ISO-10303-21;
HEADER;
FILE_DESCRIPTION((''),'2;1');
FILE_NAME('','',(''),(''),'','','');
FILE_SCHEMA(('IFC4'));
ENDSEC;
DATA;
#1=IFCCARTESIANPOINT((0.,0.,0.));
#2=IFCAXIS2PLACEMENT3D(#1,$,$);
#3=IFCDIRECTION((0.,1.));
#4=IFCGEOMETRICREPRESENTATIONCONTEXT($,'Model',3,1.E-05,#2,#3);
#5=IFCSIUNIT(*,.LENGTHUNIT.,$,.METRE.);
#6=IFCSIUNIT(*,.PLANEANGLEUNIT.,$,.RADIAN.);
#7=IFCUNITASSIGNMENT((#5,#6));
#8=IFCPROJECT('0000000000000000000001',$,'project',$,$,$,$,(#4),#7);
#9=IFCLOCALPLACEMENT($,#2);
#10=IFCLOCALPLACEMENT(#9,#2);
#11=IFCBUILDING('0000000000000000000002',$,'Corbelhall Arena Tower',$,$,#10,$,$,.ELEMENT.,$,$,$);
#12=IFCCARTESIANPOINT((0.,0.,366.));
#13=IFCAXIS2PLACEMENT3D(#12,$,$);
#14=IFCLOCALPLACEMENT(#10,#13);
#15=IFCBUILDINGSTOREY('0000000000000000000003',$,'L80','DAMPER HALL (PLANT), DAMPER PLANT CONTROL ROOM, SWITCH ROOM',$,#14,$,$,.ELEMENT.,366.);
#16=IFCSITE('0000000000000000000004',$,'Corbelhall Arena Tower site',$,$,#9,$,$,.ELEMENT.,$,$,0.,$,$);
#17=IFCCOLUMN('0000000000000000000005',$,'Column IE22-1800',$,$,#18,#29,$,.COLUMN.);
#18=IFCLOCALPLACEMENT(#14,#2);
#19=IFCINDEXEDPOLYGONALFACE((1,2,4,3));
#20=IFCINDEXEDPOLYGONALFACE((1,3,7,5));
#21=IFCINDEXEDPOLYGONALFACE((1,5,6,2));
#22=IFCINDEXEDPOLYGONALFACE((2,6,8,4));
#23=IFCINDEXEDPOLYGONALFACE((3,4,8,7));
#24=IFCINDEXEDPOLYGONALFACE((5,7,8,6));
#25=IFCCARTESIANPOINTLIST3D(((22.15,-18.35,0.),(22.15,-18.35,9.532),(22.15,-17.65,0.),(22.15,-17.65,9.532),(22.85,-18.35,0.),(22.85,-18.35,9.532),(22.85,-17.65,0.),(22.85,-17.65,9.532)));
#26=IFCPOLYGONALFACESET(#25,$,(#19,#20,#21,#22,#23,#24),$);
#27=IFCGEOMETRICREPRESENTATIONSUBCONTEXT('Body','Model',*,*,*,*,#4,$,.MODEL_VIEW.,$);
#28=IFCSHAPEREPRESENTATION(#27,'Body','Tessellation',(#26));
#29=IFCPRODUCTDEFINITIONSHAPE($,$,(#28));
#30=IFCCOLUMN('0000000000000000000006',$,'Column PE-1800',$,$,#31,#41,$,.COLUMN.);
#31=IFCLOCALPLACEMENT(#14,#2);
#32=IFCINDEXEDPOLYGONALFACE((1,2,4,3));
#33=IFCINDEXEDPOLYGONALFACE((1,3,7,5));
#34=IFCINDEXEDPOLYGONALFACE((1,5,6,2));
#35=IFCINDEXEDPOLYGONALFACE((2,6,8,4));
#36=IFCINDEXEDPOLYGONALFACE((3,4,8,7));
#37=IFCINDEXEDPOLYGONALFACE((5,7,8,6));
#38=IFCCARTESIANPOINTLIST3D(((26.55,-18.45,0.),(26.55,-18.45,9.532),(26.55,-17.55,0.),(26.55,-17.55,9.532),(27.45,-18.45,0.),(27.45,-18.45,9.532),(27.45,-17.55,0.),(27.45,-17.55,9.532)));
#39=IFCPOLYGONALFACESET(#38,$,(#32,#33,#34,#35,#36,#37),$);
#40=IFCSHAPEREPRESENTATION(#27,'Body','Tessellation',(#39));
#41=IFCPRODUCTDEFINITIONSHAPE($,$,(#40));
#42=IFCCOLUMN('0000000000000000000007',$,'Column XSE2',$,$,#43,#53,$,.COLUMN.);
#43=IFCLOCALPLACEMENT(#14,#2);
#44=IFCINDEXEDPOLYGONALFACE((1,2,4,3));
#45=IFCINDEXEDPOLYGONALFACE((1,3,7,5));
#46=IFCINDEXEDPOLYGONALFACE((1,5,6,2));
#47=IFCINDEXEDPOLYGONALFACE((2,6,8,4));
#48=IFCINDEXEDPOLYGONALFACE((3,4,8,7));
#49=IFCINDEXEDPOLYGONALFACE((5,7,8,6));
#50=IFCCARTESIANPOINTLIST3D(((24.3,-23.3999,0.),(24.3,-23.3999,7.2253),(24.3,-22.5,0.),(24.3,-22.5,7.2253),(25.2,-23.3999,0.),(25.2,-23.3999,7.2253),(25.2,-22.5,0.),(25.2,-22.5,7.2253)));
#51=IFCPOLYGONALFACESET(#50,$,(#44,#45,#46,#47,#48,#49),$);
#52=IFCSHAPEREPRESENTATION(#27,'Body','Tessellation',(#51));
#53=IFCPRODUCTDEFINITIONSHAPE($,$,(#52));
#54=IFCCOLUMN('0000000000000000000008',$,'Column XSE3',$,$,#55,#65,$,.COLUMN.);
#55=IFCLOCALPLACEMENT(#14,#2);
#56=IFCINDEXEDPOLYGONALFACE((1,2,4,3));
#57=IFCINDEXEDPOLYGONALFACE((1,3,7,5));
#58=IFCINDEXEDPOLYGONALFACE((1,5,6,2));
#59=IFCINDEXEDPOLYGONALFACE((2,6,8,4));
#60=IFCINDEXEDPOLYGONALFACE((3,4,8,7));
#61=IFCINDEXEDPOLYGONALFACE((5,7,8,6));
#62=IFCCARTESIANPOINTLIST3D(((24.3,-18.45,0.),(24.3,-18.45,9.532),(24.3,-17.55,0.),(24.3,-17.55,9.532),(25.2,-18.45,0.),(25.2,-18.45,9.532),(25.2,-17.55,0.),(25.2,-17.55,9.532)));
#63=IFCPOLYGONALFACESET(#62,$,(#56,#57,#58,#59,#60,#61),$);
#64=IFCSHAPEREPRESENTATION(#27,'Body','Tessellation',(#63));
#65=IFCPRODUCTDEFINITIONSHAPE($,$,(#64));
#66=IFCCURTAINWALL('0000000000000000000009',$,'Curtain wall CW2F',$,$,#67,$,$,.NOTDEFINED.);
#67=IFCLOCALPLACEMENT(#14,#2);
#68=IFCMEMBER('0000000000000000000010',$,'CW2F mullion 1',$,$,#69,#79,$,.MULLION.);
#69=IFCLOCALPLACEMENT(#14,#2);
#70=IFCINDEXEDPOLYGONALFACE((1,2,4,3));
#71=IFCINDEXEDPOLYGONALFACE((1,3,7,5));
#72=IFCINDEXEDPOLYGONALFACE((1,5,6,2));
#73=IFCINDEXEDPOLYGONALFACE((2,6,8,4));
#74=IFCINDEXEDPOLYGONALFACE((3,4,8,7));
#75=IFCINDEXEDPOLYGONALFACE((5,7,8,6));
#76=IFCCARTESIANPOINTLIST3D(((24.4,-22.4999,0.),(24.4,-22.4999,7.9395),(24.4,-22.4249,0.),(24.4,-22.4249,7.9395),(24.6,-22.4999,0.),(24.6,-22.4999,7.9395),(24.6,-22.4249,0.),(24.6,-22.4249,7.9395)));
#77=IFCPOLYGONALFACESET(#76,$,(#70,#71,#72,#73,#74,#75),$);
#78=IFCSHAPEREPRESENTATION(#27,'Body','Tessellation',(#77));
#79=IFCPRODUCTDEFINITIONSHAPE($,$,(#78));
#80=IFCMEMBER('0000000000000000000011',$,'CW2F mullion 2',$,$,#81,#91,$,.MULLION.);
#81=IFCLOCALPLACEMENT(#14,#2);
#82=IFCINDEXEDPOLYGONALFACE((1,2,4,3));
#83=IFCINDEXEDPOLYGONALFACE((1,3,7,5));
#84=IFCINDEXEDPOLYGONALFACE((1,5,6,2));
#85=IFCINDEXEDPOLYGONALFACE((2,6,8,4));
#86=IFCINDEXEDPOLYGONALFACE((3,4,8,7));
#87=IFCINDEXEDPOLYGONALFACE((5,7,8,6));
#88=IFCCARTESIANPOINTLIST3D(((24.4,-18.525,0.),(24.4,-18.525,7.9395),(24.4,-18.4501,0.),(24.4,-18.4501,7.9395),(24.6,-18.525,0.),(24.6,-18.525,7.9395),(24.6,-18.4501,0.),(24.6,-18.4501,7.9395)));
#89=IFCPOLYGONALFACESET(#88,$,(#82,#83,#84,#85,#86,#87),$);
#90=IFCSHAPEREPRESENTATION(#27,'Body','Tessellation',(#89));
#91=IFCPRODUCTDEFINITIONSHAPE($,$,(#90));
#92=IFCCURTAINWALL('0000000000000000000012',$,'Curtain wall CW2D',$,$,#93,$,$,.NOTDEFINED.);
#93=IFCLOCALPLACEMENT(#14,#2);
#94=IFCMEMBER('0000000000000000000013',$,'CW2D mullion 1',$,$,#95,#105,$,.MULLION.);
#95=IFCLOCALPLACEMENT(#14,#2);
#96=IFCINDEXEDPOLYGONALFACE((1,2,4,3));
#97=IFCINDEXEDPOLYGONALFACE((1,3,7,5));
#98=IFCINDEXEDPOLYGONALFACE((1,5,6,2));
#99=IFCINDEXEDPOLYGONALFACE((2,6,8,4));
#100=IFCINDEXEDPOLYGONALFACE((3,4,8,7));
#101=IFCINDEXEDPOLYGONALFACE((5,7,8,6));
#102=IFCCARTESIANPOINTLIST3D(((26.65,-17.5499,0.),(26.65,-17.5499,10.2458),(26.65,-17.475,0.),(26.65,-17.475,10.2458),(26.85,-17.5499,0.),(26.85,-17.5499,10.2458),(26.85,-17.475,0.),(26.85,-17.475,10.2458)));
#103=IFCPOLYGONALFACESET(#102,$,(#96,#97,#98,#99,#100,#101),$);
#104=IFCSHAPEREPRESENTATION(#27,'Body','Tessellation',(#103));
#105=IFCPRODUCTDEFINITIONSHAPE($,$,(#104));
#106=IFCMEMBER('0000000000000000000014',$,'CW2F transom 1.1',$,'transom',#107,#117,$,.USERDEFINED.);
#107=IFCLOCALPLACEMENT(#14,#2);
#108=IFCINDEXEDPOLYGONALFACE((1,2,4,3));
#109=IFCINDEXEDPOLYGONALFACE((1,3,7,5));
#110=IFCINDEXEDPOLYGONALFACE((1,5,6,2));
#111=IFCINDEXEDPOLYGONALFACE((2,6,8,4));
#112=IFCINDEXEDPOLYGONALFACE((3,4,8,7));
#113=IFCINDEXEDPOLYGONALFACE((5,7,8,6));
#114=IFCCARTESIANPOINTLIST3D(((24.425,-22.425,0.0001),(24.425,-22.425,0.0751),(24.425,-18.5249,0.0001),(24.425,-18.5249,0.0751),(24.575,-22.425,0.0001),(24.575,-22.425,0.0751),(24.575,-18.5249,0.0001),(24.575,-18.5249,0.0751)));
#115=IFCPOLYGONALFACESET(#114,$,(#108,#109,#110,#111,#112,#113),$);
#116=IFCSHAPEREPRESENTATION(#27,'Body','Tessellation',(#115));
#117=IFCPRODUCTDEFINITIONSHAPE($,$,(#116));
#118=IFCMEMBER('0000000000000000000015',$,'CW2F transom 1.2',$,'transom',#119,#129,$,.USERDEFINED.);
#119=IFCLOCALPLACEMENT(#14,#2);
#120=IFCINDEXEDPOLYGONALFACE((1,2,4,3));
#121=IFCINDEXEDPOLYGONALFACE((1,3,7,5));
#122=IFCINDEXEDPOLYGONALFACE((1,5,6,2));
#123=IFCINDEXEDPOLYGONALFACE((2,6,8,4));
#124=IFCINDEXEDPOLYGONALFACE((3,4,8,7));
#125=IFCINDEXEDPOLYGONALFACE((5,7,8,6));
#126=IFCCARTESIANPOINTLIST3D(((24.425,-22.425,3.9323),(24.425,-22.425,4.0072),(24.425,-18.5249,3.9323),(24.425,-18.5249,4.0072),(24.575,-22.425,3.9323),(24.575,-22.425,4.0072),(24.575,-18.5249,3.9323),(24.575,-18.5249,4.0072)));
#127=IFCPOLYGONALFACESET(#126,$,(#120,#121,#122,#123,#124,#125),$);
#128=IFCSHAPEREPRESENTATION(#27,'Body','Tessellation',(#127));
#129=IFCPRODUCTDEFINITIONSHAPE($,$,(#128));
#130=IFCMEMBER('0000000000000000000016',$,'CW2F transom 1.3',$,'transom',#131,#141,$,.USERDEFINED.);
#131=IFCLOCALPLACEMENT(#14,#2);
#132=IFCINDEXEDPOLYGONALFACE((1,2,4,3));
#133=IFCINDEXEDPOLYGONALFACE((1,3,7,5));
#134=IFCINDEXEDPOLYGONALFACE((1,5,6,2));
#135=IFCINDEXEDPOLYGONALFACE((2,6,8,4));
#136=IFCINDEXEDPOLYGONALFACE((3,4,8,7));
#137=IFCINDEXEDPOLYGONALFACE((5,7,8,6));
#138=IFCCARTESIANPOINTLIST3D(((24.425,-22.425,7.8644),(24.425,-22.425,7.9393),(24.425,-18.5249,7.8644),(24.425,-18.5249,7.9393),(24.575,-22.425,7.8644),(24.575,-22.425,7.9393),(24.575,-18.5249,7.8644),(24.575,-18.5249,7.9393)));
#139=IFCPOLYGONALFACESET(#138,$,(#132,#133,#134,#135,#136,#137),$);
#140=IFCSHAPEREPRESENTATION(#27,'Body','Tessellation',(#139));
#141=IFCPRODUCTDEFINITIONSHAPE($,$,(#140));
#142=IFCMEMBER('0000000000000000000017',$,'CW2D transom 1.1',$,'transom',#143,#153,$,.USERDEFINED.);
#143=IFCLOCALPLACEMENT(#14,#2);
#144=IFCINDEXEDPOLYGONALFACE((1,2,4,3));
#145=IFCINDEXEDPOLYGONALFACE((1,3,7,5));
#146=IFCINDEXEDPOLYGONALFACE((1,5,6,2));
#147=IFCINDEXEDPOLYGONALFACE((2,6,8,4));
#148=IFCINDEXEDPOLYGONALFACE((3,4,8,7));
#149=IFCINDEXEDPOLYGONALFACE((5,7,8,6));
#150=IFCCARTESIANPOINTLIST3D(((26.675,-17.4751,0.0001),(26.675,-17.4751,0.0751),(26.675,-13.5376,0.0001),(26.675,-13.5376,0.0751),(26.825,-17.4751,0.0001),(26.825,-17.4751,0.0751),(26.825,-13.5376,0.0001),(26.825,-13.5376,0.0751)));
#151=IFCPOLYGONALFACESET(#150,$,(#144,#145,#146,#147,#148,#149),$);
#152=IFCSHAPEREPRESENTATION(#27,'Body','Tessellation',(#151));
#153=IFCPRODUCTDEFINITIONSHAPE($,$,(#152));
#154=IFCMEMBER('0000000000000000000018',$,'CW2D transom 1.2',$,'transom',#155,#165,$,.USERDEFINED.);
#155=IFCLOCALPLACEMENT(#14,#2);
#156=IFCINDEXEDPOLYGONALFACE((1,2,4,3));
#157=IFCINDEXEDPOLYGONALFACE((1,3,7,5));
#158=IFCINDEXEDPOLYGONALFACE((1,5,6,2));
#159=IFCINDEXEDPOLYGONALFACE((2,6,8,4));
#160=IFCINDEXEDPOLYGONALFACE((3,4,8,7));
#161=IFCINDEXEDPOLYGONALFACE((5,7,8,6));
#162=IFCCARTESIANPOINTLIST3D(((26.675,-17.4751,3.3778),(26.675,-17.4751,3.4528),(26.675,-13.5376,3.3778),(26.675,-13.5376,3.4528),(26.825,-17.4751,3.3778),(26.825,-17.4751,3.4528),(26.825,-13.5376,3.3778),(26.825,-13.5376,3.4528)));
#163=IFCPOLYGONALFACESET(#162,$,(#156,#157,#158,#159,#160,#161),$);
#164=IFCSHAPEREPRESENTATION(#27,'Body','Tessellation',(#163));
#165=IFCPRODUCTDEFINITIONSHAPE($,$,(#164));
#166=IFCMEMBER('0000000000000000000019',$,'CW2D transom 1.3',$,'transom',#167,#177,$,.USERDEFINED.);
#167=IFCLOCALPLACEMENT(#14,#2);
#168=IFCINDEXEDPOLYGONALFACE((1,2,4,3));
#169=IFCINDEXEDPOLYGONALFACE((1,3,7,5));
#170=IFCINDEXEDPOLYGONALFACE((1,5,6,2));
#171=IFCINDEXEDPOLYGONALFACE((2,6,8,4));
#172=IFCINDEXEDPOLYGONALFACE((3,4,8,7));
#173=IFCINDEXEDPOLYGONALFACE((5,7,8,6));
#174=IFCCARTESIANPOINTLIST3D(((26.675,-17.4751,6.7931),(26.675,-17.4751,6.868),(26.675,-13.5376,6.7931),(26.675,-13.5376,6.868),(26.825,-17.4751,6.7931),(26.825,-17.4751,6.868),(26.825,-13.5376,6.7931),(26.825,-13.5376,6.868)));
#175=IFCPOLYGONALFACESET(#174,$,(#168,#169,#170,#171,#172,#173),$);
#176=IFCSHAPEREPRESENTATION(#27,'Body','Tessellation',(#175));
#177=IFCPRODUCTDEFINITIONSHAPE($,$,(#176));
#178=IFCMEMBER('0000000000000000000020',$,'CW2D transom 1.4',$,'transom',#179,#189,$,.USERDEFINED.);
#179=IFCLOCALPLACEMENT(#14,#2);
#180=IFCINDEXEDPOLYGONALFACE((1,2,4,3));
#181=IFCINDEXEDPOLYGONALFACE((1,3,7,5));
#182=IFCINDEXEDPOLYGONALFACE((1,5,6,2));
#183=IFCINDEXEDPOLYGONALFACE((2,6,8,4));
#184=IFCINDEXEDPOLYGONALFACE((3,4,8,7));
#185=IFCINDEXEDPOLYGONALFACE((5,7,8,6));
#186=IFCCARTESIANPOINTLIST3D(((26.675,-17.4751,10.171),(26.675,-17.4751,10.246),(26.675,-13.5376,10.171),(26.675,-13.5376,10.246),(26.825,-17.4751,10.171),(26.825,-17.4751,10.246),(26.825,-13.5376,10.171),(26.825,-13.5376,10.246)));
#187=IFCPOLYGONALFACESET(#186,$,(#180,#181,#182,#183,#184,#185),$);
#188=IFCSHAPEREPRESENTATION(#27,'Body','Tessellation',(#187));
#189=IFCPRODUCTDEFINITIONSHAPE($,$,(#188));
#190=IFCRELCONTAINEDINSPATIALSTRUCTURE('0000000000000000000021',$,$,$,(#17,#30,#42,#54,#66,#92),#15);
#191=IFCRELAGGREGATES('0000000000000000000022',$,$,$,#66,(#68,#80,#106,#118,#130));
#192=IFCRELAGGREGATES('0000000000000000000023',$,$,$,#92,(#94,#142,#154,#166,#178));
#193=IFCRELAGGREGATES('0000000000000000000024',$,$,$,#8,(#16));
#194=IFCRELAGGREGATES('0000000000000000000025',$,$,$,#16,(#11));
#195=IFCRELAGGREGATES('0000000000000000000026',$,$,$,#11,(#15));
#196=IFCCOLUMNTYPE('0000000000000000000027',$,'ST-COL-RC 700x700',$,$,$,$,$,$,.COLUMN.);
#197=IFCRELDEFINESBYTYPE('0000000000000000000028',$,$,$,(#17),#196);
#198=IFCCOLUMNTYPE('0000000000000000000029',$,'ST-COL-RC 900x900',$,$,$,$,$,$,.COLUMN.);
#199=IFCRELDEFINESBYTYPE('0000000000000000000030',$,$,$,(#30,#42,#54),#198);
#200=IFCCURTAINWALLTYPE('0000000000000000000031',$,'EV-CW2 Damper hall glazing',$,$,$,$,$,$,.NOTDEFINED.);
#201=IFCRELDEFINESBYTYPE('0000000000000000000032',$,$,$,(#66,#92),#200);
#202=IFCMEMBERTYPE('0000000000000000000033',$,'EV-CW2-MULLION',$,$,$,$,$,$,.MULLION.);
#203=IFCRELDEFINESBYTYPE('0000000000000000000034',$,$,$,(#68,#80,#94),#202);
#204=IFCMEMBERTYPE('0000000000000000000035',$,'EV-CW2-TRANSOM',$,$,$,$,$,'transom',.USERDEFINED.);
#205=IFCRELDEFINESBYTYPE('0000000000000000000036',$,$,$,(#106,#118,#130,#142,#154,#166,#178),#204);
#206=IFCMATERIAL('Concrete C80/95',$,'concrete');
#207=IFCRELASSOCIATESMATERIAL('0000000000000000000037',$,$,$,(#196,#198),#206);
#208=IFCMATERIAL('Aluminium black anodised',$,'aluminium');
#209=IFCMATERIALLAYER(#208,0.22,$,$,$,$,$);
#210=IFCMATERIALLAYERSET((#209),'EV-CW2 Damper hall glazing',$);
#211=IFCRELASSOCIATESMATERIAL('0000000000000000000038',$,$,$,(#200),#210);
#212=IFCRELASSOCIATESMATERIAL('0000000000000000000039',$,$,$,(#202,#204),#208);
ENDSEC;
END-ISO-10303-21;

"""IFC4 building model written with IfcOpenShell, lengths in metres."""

from ifc_helpers import new_model, si_unit, direction, frame, origin, origin_2d, place, context, subcontext, project, spatial, rectangle, extrude, material, layer, layer_set, material_profile, profile_set, type_object, element, aggregate, save


model = new_model("IFC4")

# Units and contexts
model_context = context("Model", 3, precision=1e-05, world=origin(), true_north=direction((0.0, 1.0)))
body_context = subcontext(model_context, "Body", "Model", "MODEL_VIEW")
ifc_project = project(units=[si_unit("LENGTHUNIT", "METRE"), si_unit("PLANEANGLEUNIT", "RADIAN")], contexts=[model_context])

# Site, building, storey
site_placement = place(None, origin())
site = spatial("IfcSite", under=ifc_project, at=site_placement, Name="Corbelhall Arena Tower site", CompositionType="ELEMENT", RefElevation=0.0)
building_placement = place(site_placement, origin())
building = spatial("IfcBuilding", under=site, at=building_placement, Name="Corbelhall Arena Tower", CompositionType="ELEMENT")
storey_placement = place(building_placement, frame((0.0, 0.0, 366.0)))
storey = spatial("IfcBuildingStorey", under=building, at=storey_placement, Name="L80", Description="DAMPER HALL (PLANT), DAMPER PLANT CONTROL ROOM, SWITCH ROOM", CompositionType="ELEMENT", Elevation=366.0)

# Columns
ifc_material_1 = material(Name="Concrete C80/95", Category="concrete")
ifc_material_profile_1 = material_profile(ifc_material_1, rectangle(XDim=0.7, YDim=0.7, at=origin_2d()))
ifc_profile_set_1 = profile_set([ifc_material_profile_1], Name="Concrete C80/95")
column_type_1 = type_object("IfcColumnType", Name="ST-COL-RC 700x700", PredefinedType="COLUMN", material=ifc_profile_set_1)
column_1_placement = place(storey_placement, frame((22.5, -18.0, 0.0), z_axis=(0.0, 0.0, 1.0), x_axis=(1.0, 0.0, 0.0)))
element("IfcColumn", 1, at=column_1_placement, inside=storey, type_object=column_type_1, Name="Column IE22-1800", PredefinedType="COLUMN", context=body_context, shape_type="SweptSolid", body=[
    extrude(rectangle(XDim=0.7, YDim=0.7, at=origin_2d()), origin(), (0.0, 0.0, 1.0), 9.532),
])
ifc_material_profile_2 = material_profile(ifc_material_1, rectangle(XDim=0.8999, YDim=0.8999, at=origin_2d()))
ifc_profile_set_2 = profile_set([ifc_material_profile_2], Name="Concrete C80/95")
column_type_2 = type_object("IfcColumnType", Name="ST-COL-RC 900x900", PredefinedType="COLUMN", material=ifc_profile_set_2)
column_2_placement = place(storey_placement, frame((27.0, -18.0, 0.0), z_axis=(0.0, 0.0, 1.0), x_axis=(0.0, 1.0, 0.0)))
element("IfcColumn", 2, at=column_2_placement, inside=storey, type_object=column_type_2, Name="Column PE-1800", PredefinedType="COLUMN", context=body_context, shape_type="SweptSolid", body=[
    extrude(rectangle(XDim=0.8999, YDim=0.8999, at=origin_2d()), origin(), (0.0, 0.0, 1.0), 9.532),
])
column_3_placement = place(storey_placement, frame((24.75, -22.95, 0.0), z_axis=(0.0, 0.0, 1.0), x_axis=(1.0, 0.0, 0.0)))
element("IfcColumn", 3, at=column_3_placement, inside=storey, type_object=column_type_2, Name="Column XSE2", PredefinedType="COLUMN", context=body_context, shape_type="SweptSolid", body=[
    extrude(rectangle(XDim=0.8999, YDim=0.8999, at=origin_2d()), origin(), (0.0, 0.0, 1.0), 7.2253),
])
column_4_placement = place(storey_placement, frame((24.75, -18.0, 0.0), z_axis=(0.0, 0.0, 1.0), x_axis=(1.0, 0.0, 0.0)))
element("IfcColumn", 4, at=column_4_placement, inside=storey, type_object=column_type_2, Name="Column XSE3", PredefinedType="COLUMN", context=body_context, shape_type="SweptSolid", body=[
    extrude(rectangle(XDim=0.8999, YDim=0.8999, at=origin_2d()), origin(), (0.0, 0.0, 1.0), 9.532),
])

# Curtain wall, members
ifc_material_2 = material(Name="Aluminium black anodised", Category="aluminium")
ifc_layer_1 = layer(ifc_material_2, 0.22)
ifc_layer_set_1 = layer_set([ifc_layer_1], Name="EV-CW2 Damper hall glazing")
curtain_wall_type = type_object("IfcCurtainWallType", Name="EV-CW2 Damper hall glazing", PredefinedType="NOTDEFINED", material=ifc_layer_set_1)
curtain_wall_1_placement = place(storey_placement, origin())
curtain_wall_1 = element("IfcCurtainWall", 5, at=curtain_wall_1_placement, inside=storey, type_object=curtain_wall_type, Name="Curtain wall CW2F", PredefinedType="NOTDEFINED")
ifc_material_profile_3 = material_profile(ifc_material_2, rectangle(XDim=0.2, YDim=0.075, at=origin_2d()))
ifc_profile_set_3 = profile_set([ifc_material_profile_3], Name="Aluminium black anodised")
member_type_1 = type_object("IfcMemberType", Name="EV-CW2-MULLION", PredefinedType="MULLION", material=ifc_profile_set_3)
member_1_placement = place(storey_placement, frame((24.5, -22.4624, 0.0), z_axis=(0.0, 0.0, 1.0), x_axis=(-1.0, 0.0, 0.0)))
member_1 = element("IfcMember", 6, at=member_1_placement, type_object=member_type_1, Name="CW2F mullion 1", PredefinedType="MULLION", context=body_context, shape_type="SweptSolid", body=[
    extrude(rectangle(XDim=0.2, YDim=0.075, at=origin_2d()), origin(), (0.0, 0.0, 1.0), 7.9395),
])
member_2_placement = place(storey_placement, frame((24.5, -18.4875, 0.0), z_axis=(0.0, 0.0, 1.0), x_axis=(-1.0, 0.0, 0.0)))
member_2 = element("IfcMember", 7, at=member_2_placement, type_object=member_type_1, Name="CW2F mullion 2", PredefinedType="MULLION", context=body_context, shape_type="SweptSolid", body=[
    extrude(rectangle(XDim=0.2, YDim=0.075, at=origin_2d()), origin(), (0.0, 0.0, 1.0), 7.9395),
])

# Curtain wall, member
curtain_wall_2_placement = place(storey_placement, origin())
curtain_wall_2 = element("IfcCurtainWall", 8, at=curtain_wall_2_placement, inside=storey, type_object=curtain_wall_type, Name="Curtain wall CW2D", PredefinedType="NOTDEFINED")
member_3_placement = place(storey_placement, frame((26.75, -17.5125, 0.0), z_axis=(0.0, 0.0, 1.0), x_axis=(-1.0, 0.0, 0.0)))
member_3 = element("IfcMember", 9, at=member_3_placement, type_object=member_type_1, Name="CW2D mullion 1", PredefinedType="MULLION", context=body_context, shape_type="SweptSolid", body=[
    extrude(rectangle(XDim=0.2, YDim=0.075, at=origin_2d()), origin(), (0.0, 0.0, 1.0), 10.2458),
])

# Members
ifc_material_profile_4 = material_profile(ifc_material_2, rectangle(XDim=0.1499, YDim=0.075, at=origin_2d()))
ifc_profile_set_4 = profile_set([ifc_material_profile_4], Name="Aluminium black anodised")
member_type_2 = type_object("IfcMemberType", Name="EV-CW2-TRANSOM", ElementType="transom", PredefinedType="USERDEFINED", material=ifc_profile_set_4)
member_4_placement = place(storey_placement, frame((24.5, -22.425, 0.0376), z_axis=(0.0, 1.0, 0.0), x_axis=(-1.0, 0.0, 0.0)))
member_4 = element("IfcMember", 10, at=member_4_placement, type_object=member_type_2, Name="CW2F transom 1.1", ObjectType="transom", PredefinedType="USERDEFINED", context=body_context, shape_type="SweptSolid", body=[
    extrude(rectangle(XDim=0.1499, YDim=0.075, at=origin_2d()), origin(), (0.0, 0.0, 1.0), 3.9001),
])
member_5_placement = place(storey_placement, frame((24.5, -22.425, 3.9697), z_axis=(0.0, 1.0, 0.0), x_axis=(-1.0, 0.0, 0.0)))
member_5 = element("IfcMember", 11, at=member_5_placement, type_object=member_type_2, Name="CW2F transom 1.2", ObjectType="transom", PredefinedType="USERDEFINED", context=body_context, shape_type="SweptSolid", body=[
    extrude(rectangle(XDim=0.1499, YDim=0.075, at=origin_2d()), origin(), (0.0, 0.0, 1.0), 3.9001),
])
member_6_placement = place(storey_placement, frame((24.5, -22.425, 7.9019), z_axis=(0.0, 1.0, 0.0), x_axis=(-1.0, 0.0, 0.0)))
member_6 = element("IfcMember", 12, at=member_6_placement, type_object=member_type_2, Name="CW2F transom 1.3", ObjectType="transom", PredefinedType="USERDEFINED", context=body_context, shape_type="SweptSolid", body=[
    extrude(rectangle(XDim=0.1499, YDim=0.075, at=origin_2d()), origin(), (0.0, 0.0, 1.0), 3.9001),
])
member_7_placement = place(storey_placement, frame((26.75, -17.4751, 0.0376), z_axis=(0.0, 1.0, 0.0), x_axis=(-1.0, 0.0, 0.0)))
member_7 = element("IfcMember", 13, at=member_7_placement, type_object=member_type_2, Name="CW2D transom 1.1", ObjectType="transom", PredefinedType="USERDEFINED", context=body_context, shape_type="SweptSolid", body=[
    extrude(rectangle(XDim=0.1499, YDim=0.075, at=origin_2d()), origin(), (0.0, 0.0, 1.0), 3.9375),
])
member_8_placement = place(storey_placement, frame((26.75, -17.4751, 3.4153), z_axis=(0.0, 1.0, 0.0), x_axis=(-1.0, 0.0, 0.0)))
member_8 = element("IfcMember", 14, at=member_8_placement, type_object=member_type_2, Name="CW2D transom 1.2", ObjectType="transom", PredefinedType="USERDEFINED", context=body_context, shape_type="SweptSolid", body=[
    extrude(rectangle(XDim=0.1499, YDim=0.075, at=origin_2d()), origin(), (0.0, 0.0, 1.0), 3.9375),
])
member_9_placement = place(storey_placement, frame((26.75, -17.4751, 6.8306), z_axis=(0.0, 1.0, 0.0), x_axis=(-1.0, 0.0, 0.0)))
member_9 = element("IfcMember", 15, at=member_9_placement, type_object=member_type_2, Name="CW2D transom 1.3", ObjectType="transom", PredefinedType="USERDEFINED", context=body_context, shape_type="SweptSolid", body=[
    extrude(rectangle(XDim=0.1499, YDim=0.075, at=origin_2d()), origin(), (0.0, 0.0, 1.0), 3.9375),
])
member_10_placement = place(storey_placement, frame((26.75, -17.4751, 10.2085), z_axis=(0.0, 1.0, 0.0), x_axis=(-1.0, 0.0, 0.0)))
member_10 = element("IfcMember", 16, at=member_10_placement, type_object=member_type_2, Name="CW2D transom 1.4", ObjectType="transom", PredefinedType="USERDEFINED", context=body_context, shape_type="SweptSolid", body=[
    extrude(rectangle(XDim=0.1499, YDim=0.075, at=origin_2d()), origin(), (0.0, 0.0, 1.0), 3.9375),
])

aggregate(curtain_wall_1, [member_1, member_2, member_4, member_5, member_6])
aggregate(curtain_wall_2, [member_3, member_7, member_8, member_9, member_10])

save(model, "model.ifc")
